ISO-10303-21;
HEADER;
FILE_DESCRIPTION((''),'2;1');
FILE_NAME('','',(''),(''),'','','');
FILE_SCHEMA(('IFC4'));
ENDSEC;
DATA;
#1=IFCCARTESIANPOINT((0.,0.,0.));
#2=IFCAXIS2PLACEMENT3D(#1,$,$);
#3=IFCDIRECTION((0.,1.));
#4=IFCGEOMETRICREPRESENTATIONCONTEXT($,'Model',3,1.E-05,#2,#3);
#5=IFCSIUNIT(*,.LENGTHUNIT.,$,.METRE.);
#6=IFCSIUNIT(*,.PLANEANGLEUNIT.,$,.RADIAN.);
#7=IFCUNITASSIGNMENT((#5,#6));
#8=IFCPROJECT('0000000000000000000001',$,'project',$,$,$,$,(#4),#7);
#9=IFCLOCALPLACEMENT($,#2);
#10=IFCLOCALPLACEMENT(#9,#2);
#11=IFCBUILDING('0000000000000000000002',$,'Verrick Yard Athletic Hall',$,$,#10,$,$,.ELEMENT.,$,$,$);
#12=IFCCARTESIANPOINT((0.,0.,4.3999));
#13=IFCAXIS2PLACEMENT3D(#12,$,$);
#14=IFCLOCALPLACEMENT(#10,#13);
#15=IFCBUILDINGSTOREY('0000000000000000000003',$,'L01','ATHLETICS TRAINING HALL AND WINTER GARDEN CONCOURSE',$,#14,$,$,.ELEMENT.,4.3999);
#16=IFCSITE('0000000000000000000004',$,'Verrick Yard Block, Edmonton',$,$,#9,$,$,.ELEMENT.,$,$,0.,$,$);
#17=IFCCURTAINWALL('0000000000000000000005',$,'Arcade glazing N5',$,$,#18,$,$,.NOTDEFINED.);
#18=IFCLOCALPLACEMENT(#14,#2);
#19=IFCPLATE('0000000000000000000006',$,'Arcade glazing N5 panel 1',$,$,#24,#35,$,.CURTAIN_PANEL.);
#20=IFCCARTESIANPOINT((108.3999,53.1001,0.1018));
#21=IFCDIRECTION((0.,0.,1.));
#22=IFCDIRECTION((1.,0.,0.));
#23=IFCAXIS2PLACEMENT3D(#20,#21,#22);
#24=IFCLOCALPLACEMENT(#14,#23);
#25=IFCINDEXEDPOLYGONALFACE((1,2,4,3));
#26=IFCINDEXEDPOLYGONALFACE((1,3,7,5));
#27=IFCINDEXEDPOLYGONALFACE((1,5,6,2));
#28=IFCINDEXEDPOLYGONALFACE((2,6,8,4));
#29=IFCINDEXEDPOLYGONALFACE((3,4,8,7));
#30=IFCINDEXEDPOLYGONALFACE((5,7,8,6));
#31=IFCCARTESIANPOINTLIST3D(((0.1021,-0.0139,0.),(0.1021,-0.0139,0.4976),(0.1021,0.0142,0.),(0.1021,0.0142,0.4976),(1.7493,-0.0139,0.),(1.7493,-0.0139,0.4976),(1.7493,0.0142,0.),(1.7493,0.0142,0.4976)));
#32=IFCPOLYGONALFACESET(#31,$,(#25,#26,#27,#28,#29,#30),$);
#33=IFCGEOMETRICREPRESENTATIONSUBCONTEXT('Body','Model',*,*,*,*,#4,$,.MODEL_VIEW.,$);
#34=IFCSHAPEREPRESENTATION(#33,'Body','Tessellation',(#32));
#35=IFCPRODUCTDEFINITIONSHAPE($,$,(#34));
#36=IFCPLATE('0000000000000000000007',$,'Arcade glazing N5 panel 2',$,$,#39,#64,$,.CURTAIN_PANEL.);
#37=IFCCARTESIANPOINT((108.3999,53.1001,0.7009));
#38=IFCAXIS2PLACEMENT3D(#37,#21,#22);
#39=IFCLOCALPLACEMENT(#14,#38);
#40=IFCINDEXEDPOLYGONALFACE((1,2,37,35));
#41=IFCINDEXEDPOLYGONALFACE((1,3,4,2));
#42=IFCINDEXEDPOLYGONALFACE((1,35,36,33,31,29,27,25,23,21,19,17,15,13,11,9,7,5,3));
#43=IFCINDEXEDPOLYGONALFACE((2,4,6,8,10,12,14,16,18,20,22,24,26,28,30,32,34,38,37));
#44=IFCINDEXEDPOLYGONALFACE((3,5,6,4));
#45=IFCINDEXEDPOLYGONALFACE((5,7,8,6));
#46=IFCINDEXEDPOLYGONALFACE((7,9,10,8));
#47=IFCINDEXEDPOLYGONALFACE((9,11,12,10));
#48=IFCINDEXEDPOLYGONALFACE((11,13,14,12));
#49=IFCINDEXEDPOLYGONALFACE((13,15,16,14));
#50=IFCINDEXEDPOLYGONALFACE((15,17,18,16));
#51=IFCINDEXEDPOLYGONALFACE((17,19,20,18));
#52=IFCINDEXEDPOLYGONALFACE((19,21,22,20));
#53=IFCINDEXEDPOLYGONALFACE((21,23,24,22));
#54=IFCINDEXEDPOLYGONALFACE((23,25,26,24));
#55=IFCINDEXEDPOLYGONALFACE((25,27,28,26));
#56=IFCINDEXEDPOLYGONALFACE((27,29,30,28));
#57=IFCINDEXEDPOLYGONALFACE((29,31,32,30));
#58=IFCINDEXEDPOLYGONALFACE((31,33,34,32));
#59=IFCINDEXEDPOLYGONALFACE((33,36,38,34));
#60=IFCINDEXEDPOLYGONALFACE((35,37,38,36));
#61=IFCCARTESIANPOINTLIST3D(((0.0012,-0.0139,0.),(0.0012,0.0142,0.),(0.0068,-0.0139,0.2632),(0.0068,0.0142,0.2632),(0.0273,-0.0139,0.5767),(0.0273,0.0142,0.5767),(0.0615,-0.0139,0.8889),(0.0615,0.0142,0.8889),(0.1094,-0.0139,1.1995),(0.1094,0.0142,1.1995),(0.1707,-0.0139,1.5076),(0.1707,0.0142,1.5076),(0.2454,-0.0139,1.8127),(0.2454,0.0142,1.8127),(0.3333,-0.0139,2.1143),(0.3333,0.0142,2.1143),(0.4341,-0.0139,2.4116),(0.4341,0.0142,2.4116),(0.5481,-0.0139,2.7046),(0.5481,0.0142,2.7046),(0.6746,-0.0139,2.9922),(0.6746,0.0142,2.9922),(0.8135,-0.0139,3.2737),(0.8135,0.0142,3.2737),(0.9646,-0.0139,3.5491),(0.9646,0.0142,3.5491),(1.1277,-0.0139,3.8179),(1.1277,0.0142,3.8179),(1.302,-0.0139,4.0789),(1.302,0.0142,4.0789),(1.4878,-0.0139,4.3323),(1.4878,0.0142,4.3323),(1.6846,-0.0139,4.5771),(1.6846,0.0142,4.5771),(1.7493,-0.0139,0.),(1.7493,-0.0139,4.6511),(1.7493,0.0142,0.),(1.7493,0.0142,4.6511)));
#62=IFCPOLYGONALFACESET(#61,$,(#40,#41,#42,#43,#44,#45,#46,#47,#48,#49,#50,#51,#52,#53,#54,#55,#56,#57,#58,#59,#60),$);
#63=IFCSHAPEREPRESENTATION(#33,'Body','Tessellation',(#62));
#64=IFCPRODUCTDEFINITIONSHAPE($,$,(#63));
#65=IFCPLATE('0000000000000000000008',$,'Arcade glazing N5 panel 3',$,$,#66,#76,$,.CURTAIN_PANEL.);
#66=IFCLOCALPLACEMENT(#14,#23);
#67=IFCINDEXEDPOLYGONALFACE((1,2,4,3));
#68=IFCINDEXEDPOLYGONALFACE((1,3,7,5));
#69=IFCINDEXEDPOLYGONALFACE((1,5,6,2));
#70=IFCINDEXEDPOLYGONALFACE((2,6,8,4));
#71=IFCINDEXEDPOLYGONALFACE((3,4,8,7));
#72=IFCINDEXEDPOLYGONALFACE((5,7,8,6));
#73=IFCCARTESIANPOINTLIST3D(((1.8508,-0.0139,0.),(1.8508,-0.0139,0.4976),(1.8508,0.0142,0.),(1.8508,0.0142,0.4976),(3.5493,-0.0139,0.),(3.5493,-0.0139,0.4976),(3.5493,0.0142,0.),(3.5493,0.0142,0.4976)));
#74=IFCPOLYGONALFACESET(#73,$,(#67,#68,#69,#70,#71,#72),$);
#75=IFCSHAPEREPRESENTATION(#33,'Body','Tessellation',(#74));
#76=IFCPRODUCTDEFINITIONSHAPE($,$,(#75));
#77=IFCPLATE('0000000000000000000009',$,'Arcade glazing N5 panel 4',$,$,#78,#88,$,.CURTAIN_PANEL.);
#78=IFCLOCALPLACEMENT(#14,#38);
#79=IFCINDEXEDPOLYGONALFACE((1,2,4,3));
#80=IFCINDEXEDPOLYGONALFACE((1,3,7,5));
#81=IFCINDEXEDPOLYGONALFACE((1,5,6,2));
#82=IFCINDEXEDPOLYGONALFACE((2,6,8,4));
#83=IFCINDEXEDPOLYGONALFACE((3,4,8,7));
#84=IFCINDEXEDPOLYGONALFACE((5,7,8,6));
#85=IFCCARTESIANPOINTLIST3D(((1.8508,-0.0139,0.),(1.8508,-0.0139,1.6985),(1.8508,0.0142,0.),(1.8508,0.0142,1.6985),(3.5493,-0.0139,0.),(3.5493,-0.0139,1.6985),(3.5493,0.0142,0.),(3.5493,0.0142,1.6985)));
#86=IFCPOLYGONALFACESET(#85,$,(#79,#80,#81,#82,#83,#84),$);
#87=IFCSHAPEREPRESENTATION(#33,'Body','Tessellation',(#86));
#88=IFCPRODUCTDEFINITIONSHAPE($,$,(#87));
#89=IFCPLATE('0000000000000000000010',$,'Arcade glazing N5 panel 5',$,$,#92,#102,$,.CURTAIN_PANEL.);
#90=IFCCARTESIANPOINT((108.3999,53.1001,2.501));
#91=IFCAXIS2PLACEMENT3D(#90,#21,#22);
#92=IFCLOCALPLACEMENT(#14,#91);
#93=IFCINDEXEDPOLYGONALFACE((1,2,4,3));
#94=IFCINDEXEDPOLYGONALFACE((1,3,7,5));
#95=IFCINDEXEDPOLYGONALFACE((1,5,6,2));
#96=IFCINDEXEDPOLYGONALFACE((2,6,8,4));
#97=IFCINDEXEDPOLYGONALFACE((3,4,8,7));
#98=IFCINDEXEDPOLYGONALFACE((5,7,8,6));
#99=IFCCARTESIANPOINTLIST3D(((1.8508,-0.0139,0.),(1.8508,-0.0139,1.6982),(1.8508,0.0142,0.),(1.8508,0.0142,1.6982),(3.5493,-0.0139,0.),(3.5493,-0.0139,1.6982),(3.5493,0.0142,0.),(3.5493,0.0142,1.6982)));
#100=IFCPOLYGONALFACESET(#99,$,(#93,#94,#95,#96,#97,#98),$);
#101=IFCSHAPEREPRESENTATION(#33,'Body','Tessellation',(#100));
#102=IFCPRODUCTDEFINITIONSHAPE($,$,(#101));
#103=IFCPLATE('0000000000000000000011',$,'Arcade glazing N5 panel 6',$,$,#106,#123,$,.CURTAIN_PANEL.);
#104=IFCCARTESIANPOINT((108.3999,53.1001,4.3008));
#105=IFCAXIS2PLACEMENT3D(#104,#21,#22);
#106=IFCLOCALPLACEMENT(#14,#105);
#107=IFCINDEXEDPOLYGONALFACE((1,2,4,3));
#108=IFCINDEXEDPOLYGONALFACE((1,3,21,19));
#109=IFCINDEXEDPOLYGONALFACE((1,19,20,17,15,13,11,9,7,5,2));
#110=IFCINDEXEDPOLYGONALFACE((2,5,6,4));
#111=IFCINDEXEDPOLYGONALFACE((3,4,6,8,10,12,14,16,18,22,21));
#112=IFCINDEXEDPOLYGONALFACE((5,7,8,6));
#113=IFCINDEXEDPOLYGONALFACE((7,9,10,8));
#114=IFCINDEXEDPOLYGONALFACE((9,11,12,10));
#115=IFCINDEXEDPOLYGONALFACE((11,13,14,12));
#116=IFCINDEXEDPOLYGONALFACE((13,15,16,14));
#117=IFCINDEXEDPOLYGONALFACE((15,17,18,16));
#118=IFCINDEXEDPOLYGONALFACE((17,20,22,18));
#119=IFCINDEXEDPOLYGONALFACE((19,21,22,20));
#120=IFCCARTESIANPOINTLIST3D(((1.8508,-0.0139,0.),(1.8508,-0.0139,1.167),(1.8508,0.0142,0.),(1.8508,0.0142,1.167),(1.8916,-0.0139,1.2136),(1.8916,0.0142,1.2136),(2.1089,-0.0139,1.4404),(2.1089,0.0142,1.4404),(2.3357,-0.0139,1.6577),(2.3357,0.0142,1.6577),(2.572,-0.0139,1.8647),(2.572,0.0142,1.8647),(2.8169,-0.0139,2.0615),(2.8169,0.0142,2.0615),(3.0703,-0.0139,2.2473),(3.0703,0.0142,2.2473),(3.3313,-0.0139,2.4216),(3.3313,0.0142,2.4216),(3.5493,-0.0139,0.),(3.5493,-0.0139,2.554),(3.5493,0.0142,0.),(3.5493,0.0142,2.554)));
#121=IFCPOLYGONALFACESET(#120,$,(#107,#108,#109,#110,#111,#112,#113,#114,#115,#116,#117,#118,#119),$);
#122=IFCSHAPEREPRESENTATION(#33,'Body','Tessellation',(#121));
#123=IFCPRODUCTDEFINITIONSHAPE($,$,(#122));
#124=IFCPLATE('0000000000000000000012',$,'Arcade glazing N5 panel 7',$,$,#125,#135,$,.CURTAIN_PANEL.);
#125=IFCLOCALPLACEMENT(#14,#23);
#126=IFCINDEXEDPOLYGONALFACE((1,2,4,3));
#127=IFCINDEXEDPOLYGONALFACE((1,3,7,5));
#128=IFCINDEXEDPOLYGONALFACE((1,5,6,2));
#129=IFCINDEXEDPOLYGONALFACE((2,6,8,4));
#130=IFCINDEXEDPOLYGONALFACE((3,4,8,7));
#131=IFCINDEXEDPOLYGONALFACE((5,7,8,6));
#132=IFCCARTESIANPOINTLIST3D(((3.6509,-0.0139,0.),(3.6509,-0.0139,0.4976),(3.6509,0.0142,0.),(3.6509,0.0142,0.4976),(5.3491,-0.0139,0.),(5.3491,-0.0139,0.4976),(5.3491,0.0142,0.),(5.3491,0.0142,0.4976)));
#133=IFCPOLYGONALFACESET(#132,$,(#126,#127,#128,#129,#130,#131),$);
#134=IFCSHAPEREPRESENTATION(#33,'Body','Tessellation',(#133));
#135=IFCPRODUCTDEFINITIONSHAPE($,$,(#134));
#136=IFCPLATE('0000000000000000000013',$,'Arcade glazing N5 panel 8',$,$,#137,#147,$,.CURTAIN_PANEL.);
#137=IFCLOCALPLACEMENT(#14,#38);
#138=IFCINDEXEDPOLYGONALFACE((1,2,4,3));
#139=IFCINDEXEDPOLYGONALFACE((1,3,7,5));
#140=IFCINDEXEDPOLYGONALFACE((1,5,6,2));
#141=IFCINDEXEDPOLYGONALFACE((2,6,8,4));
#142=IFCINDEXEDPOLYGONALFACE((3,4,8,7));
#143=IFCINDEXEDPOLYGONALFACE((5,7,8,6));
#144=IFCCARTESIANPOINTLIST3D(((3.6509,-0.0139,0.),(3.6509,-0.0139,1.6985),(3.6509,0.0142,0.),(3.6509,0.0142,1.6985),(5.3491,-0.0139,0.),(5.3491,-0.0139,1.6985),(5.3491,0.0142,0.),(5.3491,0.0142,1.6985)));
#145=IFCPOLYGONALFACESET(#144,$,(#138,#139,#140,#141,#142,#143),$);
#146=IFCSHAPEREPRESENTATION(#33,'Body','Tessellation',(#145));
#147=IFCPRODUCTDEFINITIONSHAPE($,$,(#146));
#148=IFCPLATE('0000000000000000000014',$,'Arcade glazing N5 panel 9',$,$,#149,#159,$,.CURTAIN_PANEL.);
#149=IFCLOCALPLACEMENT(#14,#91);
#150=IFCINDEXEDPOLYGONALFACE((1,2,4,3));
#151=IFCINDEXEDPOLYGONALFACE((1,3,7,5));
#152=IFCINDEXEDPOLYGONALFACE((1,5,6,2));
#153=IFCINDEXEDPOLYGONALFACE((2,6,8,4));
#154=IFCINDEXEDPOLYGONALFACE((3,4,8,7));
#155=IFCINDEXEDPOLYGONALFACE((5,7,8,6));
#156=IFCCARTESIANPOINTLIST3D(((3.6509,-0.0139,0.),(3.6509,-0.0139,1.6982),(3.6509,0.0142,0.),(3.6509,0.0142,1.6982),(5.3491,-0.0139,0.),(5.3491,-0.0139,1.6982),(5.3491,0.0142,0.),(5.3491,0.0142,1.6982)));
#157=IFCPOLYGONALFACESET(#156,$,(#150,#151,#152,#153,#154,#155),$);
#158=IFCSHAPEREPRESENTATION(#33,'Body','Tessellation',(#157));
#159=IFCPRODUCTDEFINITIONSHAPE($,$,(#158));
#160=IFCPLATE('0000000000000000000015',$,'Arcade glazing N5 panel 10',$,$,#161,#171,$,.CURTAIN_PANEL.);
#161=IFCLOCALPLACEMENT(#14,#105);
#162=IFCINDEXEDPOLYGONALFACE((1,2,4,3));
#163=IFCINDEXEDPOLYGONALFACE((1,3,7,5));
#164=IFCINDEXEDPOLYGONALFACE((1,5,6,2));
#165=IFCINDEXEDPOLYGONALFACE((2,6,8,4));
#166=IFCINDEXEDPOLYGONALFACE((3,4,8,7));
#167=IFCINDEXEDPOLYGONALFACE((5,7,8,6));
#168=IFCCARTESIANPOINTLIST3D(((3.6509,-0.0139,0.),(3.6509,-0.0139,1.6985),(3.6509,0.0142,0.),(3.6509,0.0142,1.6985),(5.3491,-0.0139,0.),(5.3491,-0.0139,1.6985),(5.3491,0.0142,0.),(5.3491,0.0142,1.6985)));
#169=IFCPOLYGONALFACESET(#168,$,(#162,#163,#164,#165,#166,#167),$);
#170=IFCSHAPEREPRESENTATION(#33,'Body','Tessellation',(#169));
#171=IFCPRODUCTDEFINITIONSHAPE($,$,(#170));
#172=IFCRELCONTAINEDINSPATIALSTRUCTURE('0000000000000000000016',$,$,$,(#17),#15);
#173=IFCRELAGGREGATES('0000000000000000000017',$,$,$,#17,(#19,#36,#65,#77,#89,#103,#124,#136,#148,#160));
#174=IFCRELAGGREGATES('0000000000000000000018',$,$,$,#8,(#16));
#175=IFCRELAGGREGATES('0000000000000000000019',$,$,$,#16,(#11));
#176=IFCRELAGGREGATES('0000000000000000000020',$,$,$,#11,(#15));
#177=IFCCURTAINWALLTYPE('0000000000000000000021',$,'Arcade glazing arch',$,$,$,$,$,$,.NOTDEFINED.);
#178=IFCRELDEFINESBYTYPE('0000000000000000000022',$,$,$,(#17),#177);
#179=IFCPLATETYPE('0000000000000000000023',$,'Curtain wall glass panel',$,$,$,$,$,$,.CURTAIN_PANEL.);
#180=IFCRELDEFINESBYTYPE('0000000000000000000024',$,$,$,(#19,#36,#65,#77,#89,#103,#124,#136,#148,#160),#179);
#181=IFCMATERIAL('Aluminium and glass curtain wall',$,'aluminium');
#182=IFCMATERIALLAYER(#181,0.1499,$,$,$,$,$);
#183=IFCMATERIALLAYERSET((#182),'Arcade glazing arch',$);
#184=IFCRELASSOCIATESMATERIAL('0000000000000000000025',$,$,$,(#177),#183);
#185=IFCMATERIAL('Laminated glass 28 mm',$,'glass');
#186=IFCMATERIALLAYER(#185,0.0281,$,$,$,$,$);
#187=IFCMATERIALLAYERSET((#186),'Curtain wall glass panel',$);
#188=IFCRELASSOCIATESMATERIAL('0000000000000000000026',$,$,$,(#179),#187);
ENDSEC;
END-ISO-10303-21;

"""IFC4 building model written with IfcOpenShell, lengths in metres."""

from ifc_helpers import new_model, si_unit, direction, frame, origin, place, context, subcontext, project, spatial, polyline, outline, extrude, material, layer, layer_set, type_object, element, aggregate, save


model = new_model("IFC4")

# Units and contexts
model_context = context("Model", 3, precision=1e-05, world=origin(), true_north=direction((0.0, 1.0)))
body_context = subcontext(model_context, "Body", "Model", "MODEL_VIEW")
ifc_project = project(units=[si_unit("LENGTHUNIT", "METRE"), si_unit("PLANEANGLEUNIT", "RADIAN")], contexts=[model_context])

# Site, building, storey
site_placement = place(None, origin())
site = spatial("IfcSite", under=ifc_project, at=site_placement, Name="Verrick Yard Block, Edmonton", CompositionType="ELEMENT", RefElevation=0.0)
building_placement = place(site_placement, origin())
building = spatial("IfcBuilding", under=site, at=building_placement, Name="Verrick Yard Athletic Hall", CompositionType="ELEMENT")
storey_placement = place(building_placement, frame((0.0, 0.0, 4.3999)))
storey = spatial("IfcBuildingStorey", under=building, at=storey_placement, Name="L01", Description="ATHLETICS TRAINING HALL AND WINTER GARDEN CONCOURSE", CompositionType="ELEMENT", Elevation=4.3999)

# Shared definitions
ifc_material_1 = material(Name="Aluminium and glass curtain wall", Category="aluminium")
ifc_layer_1 = layer(ifc_material_1, 0.1499)
ifc_layer_set_1 = layer_set([ifc_layer_1], Name="Arcade glazing arch")
curtain_wall_type = type_object("IfcCurtainWallType", Name="Arcade glazing arch", PredefinedType="NOTDEFINED", material=ifc_layer_set_1)

# Curtain wall, plates
curtain_wall_1_placement = place(storey_placement, origin())
curtain_wall_1 = element("IfcCurtainWall", 1, at=curtain_wall_1_placement, inside=storey, type_object=curtain_wall_type, Name="Arcade glazing N5", PredefinedType="NOTDEFINED")
ifc_material_2 = material(Name="Laminated glass 28 mm", Category="glass")
ifc_layer_2 = layer(ifc_material_2, 0.0281)
ifc_layer_set_2 = layer_set([ifc_layer_2], Name="Curtain wall glass panel")
plate_type = type_object("IfcPlateType", Name="Curtain wall glass panel", PredefinedType="CURTAIN_PANEL", material=ifc_layer_set_2)
plate_1_placement = place(storey_placement, frame((108.3999, 53.1001, 0.1018), z_axis=(0.0, 0.0, 1.0), x_axis=(1.0, 0.0, 0.0)))
plate_1 = element("IfcPlate", 2, at=plate_1_placement, type_object=plate_type, Name="Arcade glazing N5 panel 1", PredefinedType="CURTAIN_PANEL", context=body_context, shape_type="SweptSolid", body=[
    extrude(outline(polyline([(1.7493, 0.0), (1.7493, 0.4976), (0.1021, 0.4976), (0.1021, 0.0), (1.7493, 0.0)])), frame((0.0, 0.0142, 0.0), z_axis=(0.0, -1.0, 0.0), x_axis=(1.0, 0.0, 0.0)), (0.0, 0.0, 1.0), 0.0281),
])
plate_2_placement = place(storey_placement, frame((108.3999, 53.1001, 0.7009), z_axis=(0.0, 0.0, 1.0), x_axis=(1.0, 0.0, 0.0)))
plate_2 = element("IfcPlate", 3, at=plate_2_placement, type_object=plate_type, Name="Arcade glazing N5 panel 2", PredefinedType="CURTAIN_PANEL", context=body_context, shape_type="SweptSolid", body=[
    extrude(outline(polyline([(1.7493, 4.6511), (1.6846, 4.5771), (1.4878, 4.3323), (1.302, 4.0789), (1.1277, 3.8179), (0.9646, 3.5491), (0.8135, 3.2737), (0.6746, 2.9922), (0.5481, 2.7046), (0.4341, 2.4116), (0.3333, 2.1143), (0.2454, 1.8127), (0.1707, 1.5076), (0.1094, 1.1995), (0.0615, 0.8889), (0.0273, 0.5767), (0.0068, 0.2632), (0.0012, 0.0), (1.7493, 0.0), (1.7493, 4.6511)])), frame((0.0, 0.0142, 0.0), z_axis=(0.0, -1.0, 0.0), x_axis=(1.0, 0.0, 0.0)), (0.0, 0.0, 1.0), 0.0281),
])
plate_3_placement = place(storey_placement, frame((108.3999, 53.1001, 0.1018), z_axis=(0.0, 0.0, 1.0), x_axis=(1.0, 0.0, 0.0)))
plate_3 = element("IfcPlate", 4, at=plate_3_placement, type_object=plate_type, Name="Arcade glazing N5 panel 3", PredefinedType="CURTAIN_PANEL", context=body_context, shape_type="SweptSolid", body=[
    extrude(outline(polyline([(3.5493, 0.0), (3.5493, 0.4976), (1.8508, 0.4976), (1.8508, 0.0), (3.5493, 0.0)])), frame((0.0, 0.0142, 0.0), z_axis=(0.0, -1.0, 0.0), x_axis=(1.0, 0.0, 0.0)), (0.0, 0.0, 1.0), 0.0281),
])
plate_4_placement = place(storey_placement, frame((108.3999, 53.1001, 0.7009), z_axis=(0.0, 0.0, 1.0), x_axis=(1.0, 0.0, 0.0)))
plate_4 = element("IfcPlate", 5, at=plate_4_placement, type_object=plate_type, Name="Arcade glazing N5 panel 4", PredefinedType="CURTAIN_PANEL", context=body_context, shape_type="SweptSolid", body=[
    extrude(outline(polyline([(3.5493, 0.0), (3.5493, 1.6985), (1.8508, 1.6985), (1.8508, 0.0), (3.5493, 0.0)])), frame((0.0, 0.0142, 0.0), z_axis=(0.0, -1.0, 0.0), x_axis=(1.0, 0.0, 0.0)), (0.0, 0.0, 1.0), 0.0281),
])
plate_5_placement = place(storey_placement, frame((108.3999, 53.1001, 2.501), z_axis=(0.0, 0.0, 1.0), x_axis=(1.0, 0.0, 0.0)))
plate_5 = element("IfcPlate", 6, at=plate_5_placement, type_object=plate_type, Name="Arcade glazing N5 panel 5", PredefinedType="CURTAIN_PANEL", context=body_context, shape_type="SweptSolid", body=[
    extrude(outline(polyline([(3.5493, 0.0), (3.5493, 1.6982), (1.8508, 1.6982), (1.8508, 0.0), (3.5493, 0.0)])), frame((0.0, 0.0142, 0.0), z_axis=(0.0, -1.0, 0.0), x_axis=(1.0, 0.0, 0.0)), (0.0, 0.0, 1.0), 0.0281),
])
plate_6_placement = place(storey_placement, frame((108.3999, 53.1001, 4.3008), z_axis=(0.0, 0.0, 1.0), x_axis=(1.0, 0.0, 0.0)))
plate_6 = element("IfcPlate", 7, at=plate_6_placement, type_object=plate_type, Name="Arcade glazing N5 panel 6", PredefinedType="CURTAIN_PANEL", context=body_context, shape_type="SweptSolid", body=[
    extrude(outline(polyline([(3.5493, 2.554), (3.3313, 2.4216), (3.0703, 2.2473), (2.8169, 2.0615), (2.572, 1.8647), (2.3357, 1.6577), (2.1089, 1.4404), (1.8916, 1.2136), (1.8508, 1.167), (1.8508, 0.0), (3.5493, 0.0), (3.5493, 2.554)])), frame((0.0, 0.0142, 0.0), z_axis=(0.0, -1.0, 0.0), x_axis=(1.0, 0.0, 0.0)), (0.0, 0.0, 1.0), 0.0281),
])
plate_7_placement = place(storey_placement, frame((108.3999, 53.1001, 0.1018), z_axis=(0.0, 0.0, 1.0), x_axis=(1.0, 0.0, 0.0)))
plate_7 = element("IfcPlate", 8, at=plate_7_placement, type_object=plate_type, Name="Arcade glazing N5 panel 7", PredefinedType="CURTAIN_PANEL", context=body_context, shape_type="SweptSolid", body=[
    extrude(outline(polyline([(5.3491, 0.0), (5.3491, 0.4976), (3.6509, 0.4976), (3.6509, 0.0), (5.3491, 0.0)])), frame((0.0, 0.0142, 0.0), z_axis=(0.0, -1.0, 0.0), x_axis=(1.0, 0.0, 0.0)), (0.0, 0.0, 1.0), 0.0281),
])
plate_8_placement = place(storey_placement, frame((108.3999, 53.1001, 0.7009), z_axis=(0.0, 0.0, 1.0), x_axis=(1.0, 0.0, 0.0)))
plate_8 = element("IfcPlate", 9, at=plate_8_placement, type_object=plate_type, Name="Arcade glazing N5 panel 8", PredefinedType="CURTAIN_PANEL", context=body_context, shape_type="SweptSolid", body=[
    extrude(outline(polyline([(5.3491, 0.0), (5.3491, 1.6985), (3.6509, 1.6985), (3.6509, 0.0), (5.3491, 0.0)])), frame((0.0, 0.0142, 0.0), z_axis=(0.0, -1.0, 0.0), x_axis=(1.0, 0.0, 0.0)), (0.0, 0.0, 1.0), 0.0281),
])
plate_9_placement = place(storey_placement, frame((108.3999, 53.1001, 2.501), z_axis=(0.0, 0.0, 1.0), x_axis=(1.0, 0.0, 0.0)))
plate_9 = element("IfcPlate", 10, at=plate_9_placement, type_object=plate_type, Name="Arcade glazing N5 panel 9", PredefinedType="CURTAIN_PANEL", context=body_context, shape_type="SweptSolid", body=[
    extrude(outline(polyline([(5.3491, 0.0), (5.3491, 1.6982), (3.6509, 1.6982), (3.6509, 0.0), (5.3491, 0.0)])), frame((0.0, 0.0142, 0.0), z_axis=(0.0, -1.0, 0.0), x_axis=(1.0, 0.0, 0.0)), (0.0, 0.0, 1.0), 0.0281),
])
plate_10_placement = place(storey_placement, frame((108.3999, 53.1001, 4.3008), z_axis=(0.0, 0.0, 1.0), x_axis=(1.0, 0.0, 0.0)))
plate_10 = element("IfcPlate", 11, at=plate_10_placement, type_object=plate_type, Name="Arcade glazing N5 panel 10", PredefinedType="CURTAIN_PANEL", context=body_context, shape_type="SweptSolid", body=[
    extrude(outline(polyline([(5.3491, 0.0), (5.3491, 1.6985), (3.6509, 1.6985), (3.6509, 0.0), (5.3491, 0.0)])), frame((0.0, 0.0142, 0.0), z_axis=(0.0, -1.0, 0.0), x_axis=(1.0, 0.0, 0.0)), (0.0, 0.0, 1.0), 0.0281),
])
aggregate(curtain_wall_1, [plate_1, plate_2, plate_3, plate_4, plate_5, plate_6, plate_7, plate_8, plate_9, plate_10])

save(model, "model.ifc")
